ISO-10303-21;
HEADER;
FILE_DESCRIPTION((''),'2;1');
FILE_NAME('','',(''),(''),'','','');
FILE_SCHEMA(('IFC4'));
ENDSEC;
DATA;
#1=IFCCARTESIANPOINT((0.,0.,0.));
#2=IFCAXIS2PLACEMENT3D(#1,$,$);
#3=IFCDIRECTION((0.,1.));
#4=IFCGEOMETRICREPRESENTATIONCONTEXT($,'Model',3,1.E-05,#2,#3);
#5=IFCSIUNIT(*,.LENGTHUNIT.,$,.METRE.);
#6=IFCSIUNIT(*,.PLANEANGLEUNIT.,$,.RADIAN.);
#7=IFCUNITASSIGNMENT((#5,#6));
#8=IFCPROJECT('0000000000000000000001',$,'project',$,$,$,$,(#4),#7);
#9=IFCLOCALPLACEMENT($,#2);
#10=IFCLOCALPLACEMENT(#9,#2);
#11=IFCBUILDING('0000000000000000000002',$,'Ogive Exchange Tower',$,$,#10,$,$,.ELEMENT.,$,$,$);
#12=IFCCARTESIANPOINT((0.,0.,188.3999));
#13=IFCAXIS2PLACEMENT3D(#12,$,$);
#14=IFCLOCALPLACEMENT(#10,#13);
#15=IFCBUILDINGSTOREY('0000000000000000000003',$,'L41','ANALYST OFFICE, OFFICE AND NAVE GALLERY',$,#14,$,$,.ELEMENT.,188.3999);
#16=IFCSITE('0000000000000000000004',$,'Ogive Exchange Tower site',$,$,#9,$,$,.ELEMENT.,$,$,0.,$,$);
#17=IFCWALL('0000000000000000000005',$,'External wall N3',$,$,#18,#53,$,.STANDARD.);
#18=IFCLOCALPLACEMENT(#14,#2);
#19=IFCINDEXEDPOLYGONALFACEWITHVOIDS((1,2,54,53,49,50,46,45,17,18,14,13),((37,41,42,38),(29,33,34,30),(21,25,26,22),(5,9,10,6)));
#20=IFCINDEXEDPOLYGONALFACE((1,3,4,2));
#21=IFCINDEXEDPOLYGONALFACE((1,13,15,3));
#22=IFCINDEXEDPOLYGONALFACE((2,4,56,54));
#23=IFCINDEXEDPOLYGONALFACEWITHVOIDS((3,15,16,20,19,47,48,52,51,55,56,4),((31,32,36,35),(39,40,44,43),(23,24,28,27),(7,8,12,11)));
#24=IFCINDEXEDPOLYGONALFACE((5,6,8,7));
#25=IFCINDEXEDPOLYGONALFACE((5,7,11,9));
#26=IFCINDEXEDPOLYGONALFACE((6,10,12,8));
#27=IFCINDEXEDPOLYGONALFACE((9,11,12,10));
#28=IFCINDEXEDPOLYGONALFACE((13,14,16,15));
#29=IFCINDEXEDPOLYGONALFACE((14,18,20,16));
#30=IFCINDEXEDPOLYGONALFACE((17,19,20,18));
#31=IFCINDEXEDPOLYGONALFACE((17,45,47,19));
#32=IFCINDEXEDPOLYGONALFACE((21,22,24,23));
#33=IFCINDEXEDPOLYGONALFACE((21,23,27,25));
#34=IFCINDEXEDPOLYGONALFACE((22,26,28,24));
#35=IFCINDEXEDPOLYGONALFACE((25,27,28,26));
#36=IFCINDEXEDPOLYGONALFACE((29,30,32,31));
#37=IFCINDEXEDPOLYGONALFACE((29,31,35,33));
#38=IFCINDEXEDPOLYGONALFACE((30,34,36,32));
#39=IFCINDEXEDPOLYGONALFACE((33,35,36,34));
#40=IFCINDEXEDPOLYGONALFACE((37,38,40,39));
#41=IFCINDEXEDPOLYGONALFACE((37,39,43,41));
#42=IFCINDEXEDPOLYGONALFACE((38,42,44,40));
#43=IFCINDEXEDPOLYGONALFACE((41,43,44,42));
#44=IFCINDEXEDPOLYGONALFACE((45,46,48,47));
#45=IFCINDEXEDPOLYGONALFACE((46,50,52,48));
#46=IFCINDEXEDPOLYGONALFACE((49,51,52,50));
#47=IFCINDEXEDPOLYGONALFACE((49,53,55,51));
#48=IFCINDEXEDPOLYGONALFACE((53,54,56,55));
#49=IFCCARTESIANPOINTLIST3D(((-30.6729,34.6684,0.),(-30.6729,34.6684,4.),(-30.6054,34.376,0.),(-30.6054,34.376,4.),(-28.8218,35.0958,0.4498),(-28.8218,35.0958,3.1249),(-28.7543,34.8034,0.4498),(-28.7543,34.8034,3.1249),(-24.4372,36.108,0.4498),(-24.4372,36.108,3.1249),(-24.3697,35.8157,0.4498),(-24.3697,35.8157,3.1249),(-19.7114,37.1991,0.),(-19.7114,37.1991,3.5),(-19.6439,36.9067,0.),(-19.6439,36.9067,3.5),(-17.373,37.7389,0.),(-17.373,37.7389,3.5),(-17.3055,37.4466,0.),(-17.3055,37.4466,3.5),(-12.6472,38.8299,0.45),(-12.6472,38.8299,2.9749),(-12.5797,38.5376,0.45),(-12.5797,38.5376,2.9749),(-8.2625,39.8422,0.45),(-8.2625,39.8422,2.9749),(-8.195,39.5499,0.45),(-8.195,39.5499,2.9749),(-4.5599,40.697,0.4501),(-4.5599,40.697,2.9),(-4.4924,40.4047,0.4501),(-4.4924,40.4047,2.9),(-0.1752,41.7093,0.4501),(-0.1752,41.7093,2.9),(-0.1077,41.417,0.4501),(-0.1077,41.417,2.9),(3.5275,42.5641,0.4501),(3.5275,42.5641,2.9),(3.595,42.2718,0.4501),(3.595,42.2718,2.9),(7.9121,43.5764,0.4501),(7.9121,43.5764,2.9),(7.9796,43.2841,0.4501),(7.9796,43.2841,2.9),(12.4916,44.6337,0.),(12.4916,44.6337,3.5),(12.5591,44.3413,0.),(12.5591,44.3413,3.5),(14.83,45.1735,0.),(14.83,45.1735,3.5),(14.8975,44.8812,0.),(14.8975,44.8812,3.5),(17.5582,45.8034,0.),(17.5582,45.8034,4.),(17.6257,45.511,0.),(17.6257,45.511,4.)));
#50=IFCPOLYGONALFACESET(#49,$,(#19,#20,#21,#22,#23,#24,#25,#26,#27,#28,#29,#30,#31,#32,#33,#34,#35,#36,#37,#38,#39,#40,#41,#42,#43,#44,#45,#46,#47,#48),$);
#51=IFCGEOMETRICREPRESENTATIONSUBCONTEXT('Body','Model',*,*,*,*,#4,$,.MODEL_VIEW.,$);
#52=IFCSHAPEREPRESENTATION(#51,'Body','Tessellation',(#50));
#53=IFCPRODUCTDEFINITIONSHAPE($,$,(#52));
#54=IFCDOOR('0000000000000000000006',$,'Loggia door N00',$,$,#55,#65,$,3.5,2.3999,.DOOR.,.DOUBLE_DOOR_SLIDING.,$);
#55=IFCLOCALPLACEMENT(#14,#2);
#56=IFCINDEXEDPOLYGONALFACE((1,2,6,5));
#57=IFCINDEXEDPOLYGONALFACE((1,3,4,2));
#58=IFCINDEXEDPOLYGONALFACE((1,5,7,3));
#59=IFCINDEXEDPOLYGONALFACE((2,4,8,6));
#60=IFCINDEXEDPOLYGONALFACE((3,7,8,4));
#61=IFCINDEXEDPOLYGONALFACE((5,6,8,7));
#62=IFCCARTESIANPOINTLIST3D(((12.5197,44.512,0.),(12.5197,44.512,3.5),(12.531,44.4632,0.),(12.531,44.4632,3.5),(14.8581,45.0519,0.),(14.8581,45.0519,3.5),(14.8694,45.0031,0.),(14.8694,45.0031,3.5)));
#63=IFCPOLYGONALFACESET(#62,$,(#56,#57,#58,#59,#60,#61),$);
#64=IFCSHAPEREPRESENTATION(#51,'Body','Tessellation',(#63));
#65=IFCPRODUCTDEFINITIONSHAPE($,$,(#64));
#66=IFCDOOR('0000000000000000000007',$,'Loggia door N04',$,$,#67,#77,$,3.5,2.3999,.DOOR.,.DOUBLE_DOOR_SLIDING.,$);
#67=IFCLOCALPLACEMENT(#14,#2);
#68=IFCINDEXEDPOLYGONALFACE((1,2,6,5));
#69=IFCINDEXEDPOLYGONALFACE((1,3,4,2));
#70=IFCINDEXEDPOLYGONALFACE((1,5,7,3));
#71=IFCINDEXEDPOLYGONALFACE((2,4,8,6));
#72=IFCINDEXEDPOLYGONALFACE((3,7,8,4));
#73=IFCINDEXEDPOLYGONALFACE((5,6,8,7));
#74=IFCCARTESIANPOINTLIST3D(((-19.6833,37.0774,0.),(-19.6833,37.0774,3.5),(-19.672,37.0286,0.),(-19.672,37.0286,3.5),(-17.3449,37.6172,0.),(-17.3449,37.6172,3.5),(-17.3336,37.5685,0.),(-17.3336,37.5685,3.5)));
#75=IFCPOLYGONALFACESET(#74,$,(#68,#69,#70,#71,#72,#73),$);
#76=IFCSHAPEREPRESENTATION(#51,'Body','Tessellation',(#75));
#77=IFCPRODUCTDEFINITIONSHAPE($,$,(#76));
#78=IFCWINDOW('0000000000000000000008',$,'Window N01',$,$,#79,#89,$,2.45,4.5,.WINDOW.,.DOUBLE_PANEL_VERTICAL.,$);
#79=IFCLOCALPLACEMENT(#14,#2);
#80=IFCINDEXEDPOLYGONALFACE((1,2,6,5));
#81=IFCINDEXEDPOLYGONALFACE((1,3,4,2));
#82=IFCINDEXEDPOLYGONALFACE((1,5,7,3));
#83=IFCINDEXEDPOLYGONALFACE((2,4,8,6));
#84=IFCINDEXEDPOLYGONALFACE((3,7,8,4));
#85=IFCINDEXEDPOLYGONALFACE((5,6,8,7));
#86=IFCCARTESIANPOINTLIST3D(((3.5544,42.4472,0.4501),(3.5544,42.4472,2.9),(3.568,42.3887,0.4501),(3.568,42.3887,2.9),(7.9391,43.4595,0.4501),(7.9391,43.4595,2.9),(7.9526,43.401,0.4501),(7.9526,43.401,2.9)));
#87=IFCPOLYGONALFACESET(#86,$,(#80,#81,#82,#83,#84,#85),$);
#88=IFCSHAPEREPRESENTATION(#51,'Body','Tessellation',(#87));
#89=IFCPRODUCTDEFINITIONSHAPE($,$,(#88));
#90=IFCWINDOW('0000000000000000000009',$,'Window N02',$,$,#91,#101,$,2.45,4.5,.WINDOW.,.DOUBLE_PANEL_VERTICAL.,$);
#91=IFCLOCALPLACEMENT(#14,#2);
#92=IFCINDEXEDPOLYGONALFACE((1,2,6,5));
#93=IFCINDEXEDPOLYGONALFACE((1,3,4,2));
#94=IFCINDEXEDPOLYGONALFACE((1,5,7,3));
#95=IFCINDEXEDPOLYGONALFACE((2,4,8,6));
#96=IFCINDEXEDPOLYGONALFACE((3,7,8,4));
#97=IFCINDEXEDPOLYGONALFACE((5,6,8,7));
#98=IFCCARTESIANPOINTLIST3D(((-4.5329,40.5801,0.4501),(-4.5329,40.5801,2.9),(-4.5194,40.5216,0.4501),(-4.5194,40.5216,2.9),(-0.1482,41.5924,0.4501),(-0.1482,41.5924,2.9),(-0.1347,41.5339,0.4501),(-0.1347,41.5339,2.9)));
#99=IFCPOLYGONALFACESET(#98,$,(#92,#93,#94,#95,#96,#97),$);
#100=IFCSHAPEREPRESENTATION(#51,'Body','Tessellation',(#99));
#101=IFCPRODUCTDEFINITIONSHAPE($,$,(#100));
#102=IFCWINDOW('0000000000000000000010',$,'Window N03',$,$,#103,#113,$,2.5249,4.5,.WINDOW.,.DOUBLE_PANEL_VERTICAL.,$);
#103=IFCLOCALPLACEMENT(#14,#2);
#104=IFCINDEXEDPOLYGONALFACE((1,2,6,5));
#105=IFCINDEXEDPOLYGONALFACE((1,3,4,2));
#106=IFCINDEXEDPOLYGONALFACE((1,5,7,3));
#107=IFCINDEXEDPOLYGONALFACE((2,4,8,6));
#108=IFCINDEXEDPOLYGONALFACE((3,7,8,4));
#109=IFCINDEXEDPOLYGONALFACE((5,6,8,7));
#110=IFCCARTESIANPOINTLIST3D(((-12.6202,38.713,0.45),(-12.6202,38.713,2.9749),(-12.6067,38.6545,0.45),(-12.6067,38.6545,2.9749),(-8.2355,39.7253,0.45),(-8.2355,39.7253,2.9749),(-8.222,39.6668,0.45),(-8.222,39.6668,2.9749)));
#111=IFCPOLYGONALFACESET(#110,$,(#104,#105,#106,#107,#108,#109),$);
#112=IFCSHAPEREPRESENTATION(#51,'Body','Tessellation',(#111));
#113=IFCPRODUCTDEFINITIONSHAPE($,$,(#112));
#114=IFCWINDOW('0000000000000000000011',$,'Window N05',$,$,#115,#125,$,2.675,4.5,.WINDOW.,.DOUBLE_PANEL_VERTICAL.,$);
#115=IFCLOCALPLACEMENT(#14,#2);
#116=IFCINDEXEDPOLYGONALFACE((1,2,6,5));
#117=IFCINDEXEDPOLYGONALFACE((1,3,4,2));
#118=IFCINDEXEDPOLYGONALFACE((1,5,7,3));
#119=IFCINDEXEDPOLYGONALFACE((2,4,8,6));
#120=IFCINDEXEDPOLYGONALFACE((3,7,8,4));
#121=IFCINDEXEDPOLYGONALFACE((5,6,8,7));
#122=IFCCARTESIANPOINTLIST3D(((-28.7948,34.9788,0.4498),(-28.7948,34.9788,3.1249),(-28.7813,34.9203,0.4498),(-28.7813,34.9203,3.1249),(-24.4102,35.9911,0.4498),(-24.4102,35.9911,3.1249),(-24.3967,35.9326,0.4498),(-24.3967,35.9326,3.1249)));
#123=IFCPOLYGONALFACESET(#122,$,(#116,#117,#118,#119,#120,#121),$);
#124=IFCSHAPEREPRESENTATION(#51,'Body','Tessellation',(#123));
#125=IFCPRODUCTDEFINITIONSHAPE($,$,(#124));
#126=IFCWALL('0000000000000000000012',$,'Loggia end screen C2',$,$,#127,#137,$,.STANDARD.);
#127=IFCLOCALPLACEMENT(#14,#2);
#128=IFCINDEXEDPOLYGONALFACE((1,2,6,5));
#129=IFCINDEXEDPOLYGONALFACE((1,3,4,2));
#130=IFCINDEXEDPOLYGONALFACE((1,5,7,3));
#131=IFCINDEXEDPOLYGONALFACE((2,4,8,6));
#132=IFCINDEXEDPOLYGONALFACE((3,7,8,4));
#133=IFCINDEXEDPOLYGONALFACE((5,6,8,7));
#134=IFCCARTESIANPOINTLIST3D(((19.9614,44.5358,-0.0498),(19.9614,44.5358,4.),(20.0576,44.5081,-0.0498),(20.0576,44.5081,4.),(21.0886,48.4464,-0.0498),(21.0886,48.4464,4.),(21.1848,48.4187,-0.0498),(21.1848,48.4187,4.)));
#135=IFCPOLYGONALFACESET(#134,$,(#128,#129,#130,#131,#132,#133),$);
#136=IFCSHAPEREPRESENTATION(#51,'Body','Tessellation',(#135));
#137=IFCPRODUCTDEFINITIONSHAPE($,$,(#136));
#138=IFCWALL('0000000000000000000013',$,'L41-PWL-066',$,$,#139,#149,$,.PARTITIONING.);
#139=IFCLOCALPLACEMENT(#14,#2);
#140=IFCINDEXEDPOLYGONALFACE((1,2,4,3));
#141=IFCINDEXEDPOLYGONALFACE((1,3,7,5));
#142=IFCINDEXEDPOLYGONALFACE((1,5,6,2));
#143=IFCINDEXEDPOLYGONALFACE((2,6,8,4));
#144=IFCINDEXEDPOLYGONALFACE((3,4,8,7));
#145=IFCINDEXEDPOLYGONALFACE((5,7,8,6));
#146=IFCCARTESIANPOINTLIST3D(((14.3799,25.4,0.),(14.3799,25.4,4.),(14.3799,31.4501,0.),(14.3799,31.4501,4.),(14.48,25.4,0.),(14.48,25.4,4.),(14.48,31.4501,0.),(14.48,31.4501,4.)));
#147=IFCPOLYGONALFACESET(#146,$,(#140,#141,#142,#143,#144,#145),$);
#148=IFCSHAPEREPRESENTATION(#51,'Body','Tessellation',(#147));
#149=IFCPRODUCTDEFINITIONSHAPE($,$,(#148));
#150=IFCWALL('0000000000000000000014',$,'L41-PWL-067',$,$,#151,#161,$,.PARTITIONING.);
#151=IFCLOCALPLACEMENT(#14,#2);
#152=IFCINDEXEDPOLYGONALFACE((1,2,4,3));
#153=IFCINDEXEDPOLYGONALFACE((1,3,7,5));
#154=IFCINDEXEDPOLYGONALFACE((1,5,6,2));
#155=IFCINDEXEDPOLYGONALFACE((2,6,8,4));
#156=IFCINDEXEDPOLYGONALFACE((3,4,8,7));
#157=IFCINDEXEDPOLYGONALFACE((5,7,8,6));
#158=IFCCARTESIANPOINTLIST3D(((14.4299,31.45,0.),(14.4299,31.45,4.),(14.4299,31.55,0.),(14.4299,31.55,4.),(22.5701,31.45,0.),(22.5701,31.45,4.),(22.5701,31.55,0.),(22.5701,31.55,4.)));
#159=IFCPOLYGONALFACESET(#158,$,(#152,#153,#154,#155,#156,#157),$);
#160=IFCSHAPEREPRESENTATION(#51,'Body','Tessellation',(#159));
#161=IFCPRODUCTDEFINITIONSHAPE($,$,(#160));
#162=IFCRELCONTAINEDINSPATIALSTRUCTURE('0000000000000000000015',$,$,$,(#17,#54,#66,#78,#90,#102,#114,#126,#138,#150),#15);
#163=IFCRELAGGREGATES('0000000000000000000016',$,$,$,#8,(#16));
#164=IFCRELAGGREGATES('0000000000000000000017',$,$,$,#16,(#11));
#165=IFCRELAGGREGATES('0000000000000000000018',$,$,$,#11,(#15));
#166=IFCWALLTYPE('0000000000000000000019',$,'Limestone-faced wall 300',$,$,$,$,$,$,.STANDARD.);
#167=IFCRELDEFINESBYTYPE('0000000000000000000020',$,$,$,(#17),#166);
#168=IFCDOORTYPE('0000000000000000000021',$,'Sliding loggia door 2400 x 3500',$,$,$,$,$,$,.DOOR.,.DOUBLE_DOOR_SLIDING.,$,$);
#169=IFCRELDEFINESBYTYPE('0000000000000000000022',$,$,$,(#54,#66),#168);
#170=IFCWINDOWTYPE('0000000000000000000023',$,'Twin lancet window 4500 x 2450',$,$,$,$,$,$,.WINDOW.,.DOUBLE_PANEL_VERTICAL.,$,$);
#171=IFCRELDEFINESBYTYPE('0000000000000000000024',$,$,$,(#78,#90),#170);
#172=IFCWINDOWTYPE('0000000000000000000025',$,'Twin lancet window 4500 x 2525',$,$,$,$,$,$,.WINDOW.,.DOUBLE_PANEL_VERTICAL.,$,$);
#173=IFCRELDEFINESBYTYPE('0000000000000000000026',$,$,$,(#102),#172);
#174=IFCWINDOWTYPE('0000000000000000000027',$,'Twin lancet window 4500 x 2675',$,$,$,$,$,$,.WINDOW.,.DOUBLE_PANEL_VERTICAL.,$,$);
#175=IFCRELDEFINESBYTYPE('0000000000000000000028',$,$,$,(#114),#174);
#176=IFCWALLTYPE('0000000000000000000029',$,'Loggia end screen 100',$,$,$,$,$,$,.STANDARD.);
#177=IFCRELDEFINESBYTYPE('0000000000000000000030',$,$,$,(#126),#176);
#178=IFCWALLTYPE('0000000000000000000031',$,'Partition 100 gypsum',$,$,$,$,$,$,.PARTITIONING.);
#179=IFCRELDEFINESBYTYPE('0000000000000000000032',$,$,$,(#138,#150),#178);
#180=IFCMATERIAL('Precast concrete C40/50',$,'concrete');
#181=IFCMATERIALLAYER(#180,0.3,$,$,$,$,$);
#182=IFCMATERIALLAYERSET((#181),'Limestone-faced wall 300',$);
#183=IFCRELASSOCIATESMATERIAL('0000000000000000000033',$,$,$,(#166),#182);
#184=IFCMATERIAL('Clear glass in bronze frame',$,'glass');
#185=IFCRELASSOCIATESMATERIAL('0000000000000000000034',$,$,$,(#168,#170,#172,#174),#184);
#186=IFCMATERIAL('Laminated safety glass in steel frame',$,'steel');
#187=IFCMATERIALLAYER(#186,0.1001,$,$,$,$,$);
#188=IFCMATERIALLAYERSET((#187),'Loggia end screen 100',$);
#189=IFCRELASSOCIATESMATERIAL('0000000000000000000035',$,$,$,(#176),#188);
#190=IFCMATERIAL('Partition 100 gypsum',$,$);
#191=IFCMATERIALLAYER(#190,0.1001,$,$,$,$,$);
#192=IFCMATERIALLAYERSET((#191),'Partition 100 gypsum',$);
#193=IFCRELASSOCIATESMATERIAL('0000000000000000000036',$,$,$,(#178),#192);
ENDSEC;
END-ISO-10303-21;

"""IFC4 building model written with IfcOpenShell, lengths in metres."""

from ifc_helpers import new_model, si_unit, direction, frame, frame_2d, origin, place, context, subcontext, project, spatial, rectangle, extrude, material, layer, layer_set, type_object, element, fill, save


model = new_model("IFC4")

# Units and contexts
model_context = context("Model", 3, precision=1e-05, world=origin(), true_north=direction((0.0, 1.0)))
body_context = subcontext(model_context, "Body", "Model", "MODEL_VIEW")
ifc_project = project(units=[si_unit("LENGTHUNIT", "METRE"), si_unit("PLANEANGLEUNIT", "RADIAN")], contexts=[model_context])

# Site, building, storey
site_placement = place(None, origin())
site = spatial("IfcSite", under=ifc_project, at=site_placement, Name="Ogive Exchange Tower site", CompositionType="ELEMENT", RefElevation=0.0)
building_placement = place(site_placement, origin())
building = spatial("IfcBuilding", under=site, at=building_placement, Name="Ogive Exchange Tower", CompositionType="ELEMENT")
storey_placement = place(building_placement, frame((0.0, 0.0, 188.3999)))
storey = spatial("IfcBuildingStorey", under=building, at=storey_placement, Name="L41", Description="ANALYST OFFICE, OFFICE AND NAVE GALLERY", CompositionType="ELEMENT", Elevation=188.3999)

# Wall, openings, doors, windows
ifc_material_1 = material(Name="Precast concrete C40/50", Category="concrete")
ifc_layer_1 = layer(ifc_material_1, 0.3)
ifc_layer_set_1 = layer_set([ifc_layer_1], Name="Limestone-faced wall 300")
wall_type_1 = type_object("IfcWallType", Name="Limestone-faced wall 300", PredefinedType="STANDARD", material=ifc_layer_set_1)
wall_1_placement = place(storey_placement, frame((17.592, 45.6572, 0.0), z_axis=(0.0, 0.0, 1.0), x_axis=(-0.97437, -0.22495, 0.0)))
wall_1 = element("IfcWall", 1, at=wall_1_placement, inside=storey, type_object=wall_type_1, Name="External wall N3", PredefinedType="STANDARD", context=body_context, shape_type="SweptSolid", body=[
    extrude(rectangle(XDim=49.4998, YDim=0.3, at=frame_2d((24.75, 0.0))), origin(), (0.0, 0.0, 1.0), 4.0),
])
opening_1_placement = place(wall_1_placement, frame((2.8, 0.0, 0.0)))
opening_1 = element("IfcOpeningElement", 2, at=opening_1_placement, cuts=wall_1, PredefinedType="OPENING", context=body_context, shape_type="SweptSolid", body=[
    extrude(rectangle(XDim=2.3999, YDim=3.5, at=frame_2d((1.2, 1.75))), frame((0.0, 0.1599, 0.0), z_axis=(0.0, -1.0, 0.0), x_axis=(1.0, 0.0, 0.0)), (0.0, 0.0, 1.0), 0.3201),
])
opening_2_placement = place(wall_1_placement, frame((9.8999, 0.0, 0.45)))
opening_2 = element("IfcOpeningElement", 3, at=opening_2_placement, cuts=wall_1, PredefinedType="OPENING", context=body_context, shape_type="SweptSolid", body=[
    extrude(rectangle(XDim=4.5, YDim=2.45, at=frame_2d((2.25, 1.2251))), frame((0.0, 0.1599, 0.0), z_axis=(0.0, -1.0, 0.0), x_axis=(1.0, 0.0, 0.0)), (0.0, 0.0, 1.0), 0.3201),
])
opening_3_placement = place(wall_1_placement, frame((18.2, 0.0, 0.45)))
opening_3 = element("IfcOpeningElement", 4, at=opening_3_placement, cuts=wall_1, PredefinedType="OPENING", context=body_context, shape_type="SweptSolid", body=[
    extrude(rectangle(XDim=4.5, YDim=2.45, at=frame_2d((2.25, 1.2251))), frame((0.0, 0.1599, 0.0), z_axis=(0.0, -1.0, 0.0), x_axis=(1.0, 0.0, 0.0)), (0.0, 0.0, 1.0), 0.3201),
])
opening_4_placement = place(wall_1_placement, frame((26.5, 0.0, 0.45)))
opening_4 = element("IfcOpeningElement", 5, at=opening_4_placement, cuts=wall_1, PredefinedType="OPENING", context=body_context, shape_type="SweptSolid", body=[
    extrude(rectangle(XDim=4.5, YDim=2.5249, at=frame_2d((2.25, 1.2625))), frame((0.0, 0.1599, 0.0), z_axis=(0.0, -1.0, 0.0), x_axis=(1.0, 0.0, 0.0)), (0.0, 0.0, 1.0), 0.3201),
])
opening_5_placement = place(wall_1_placement, frame((35.8501, 0.0, 0.0)))
opening_5 = element("IfcOpeningElement", 6, at=opening_5_placement, cuts=wall_1, PredefinedType="OPENING", context=body_context, shape_type="SweptSolid", body=[
    extrude(rectangle(XDim=2.3999, YDim=3.5, at=frame_2d((1.2, 1.75))), frame((0.0, 0.1599, 0.0), z_axis=(0.0, -1.0, 0.0), x_axis=(1.0, 0.0, 0.0)), (0.0, 0.0, 1.0), 0.3201),
])
opening_6_placement = place(wall_1_placement, frame((43.1001, 0.0, 0.45)))
opening_6 = element("IfcOpeningElement", 7, at=opening_6_placement, cuts=wall_1, PredefinedType="OPENING", context=body_context, shape_type="SweptSolid", body=[
    extrude(rectangle(XDim=4.5, YDim=2.675, at=frame_2d((2.25, 1.3374))), frame((0.0, 0.1599, 0.0), z_axis=(0.0, -1.0, 0.0), x_axis=(1.0, 0.0, 0.0)), (0.0, 0.0, 1.0), 0.3201),
])
ifc_material_2 = material(Name="Clear glass in bronze frame", Category="glass")
door_type = type_object("IfcDoorType", Name="Sliding loggia door 2400 x 3500", OperationType="DOUBLE_DOOR_SLIDING", PredefinedType="DOOR", material=ifc_material_2)
door_1_placement = place(opening_1_placement, origin())
door_1 = element("IfcDoor", 8, at=door_1_placement, inside=storey, type_object=door_type, Name="Loggia door N00", OperationType="DOUBLE_DOOR_SLIDING", OverallHeight=3.5, OverallWidth=2.3999, PredefinedType="DOOR", context=body_context, shape_type="SweptSolid", body=[
    extrude(rectangle(XDim=2.3999, YDim=3.5, at=frame_2d((1.2, 1.75))), frame((0.0, 0.0249, 0.0), z_axis=(0.0, -1.0, 0.0), x_axis=(1.0, 0.0, 0.0)), (0.0, 0.0, 1.0), 0.05),
])
fill(opening_1, door_1)
door_2_placement = place(opening_5_placement, origin())
door_2 = element("IfcDoor", 9, at=door_2_placement, inside=storey, type_object=door_type, Name="Loggia door N04", OperationType="DOUBLE_DOOR_SLIDING", OverallHeight=3.5, OverallWidth=2.3999, PredefinedType="DOOR", context=body_context, shape_type="SweptSolid", body=[
    extrude(rectangle(XDim=2.3999, YDim=3.5, at=frame_2d((1.2, 1.75))), frame((0.0, 0.0249, 0.0), z_axis=(0.0, -1.0, 0.0), x_axis=(1.0, 0.0, 0.0)), (0.0, 0.0, 1.0), 0.05),
])
fill(opening_5, door_2)
window_type_1 = type_object("IfcWindowType", Name="Twin lancet window 4500 x 2450", PartitioningType="DOUBLE_PANEL_VERTICAL", PredefinedType="WINDOW", material=ifc_material_2)
window_1_placement = place(opening_2_placement, origin())
window_1 = element("IfcWindow", 10, at=window_1_placement, inside=storey, type_object=window_type_1, Name="Window N01", OverallHeight=2.45, OverallWidth=4.5, PartitioningType="DOUBLE_PANEL_VERTICAL", PredefinedType="WINDOW", context=body_context, shape_type="SweptSolid", body=[
    extrude(rectangle(XDim=4.5, YDim=2.45, at=frame_2d((2.25, 1.2251))), frame((0.0, 0.03, 0.0), z_axis=(0.0, -1.0, 0.0), x_axis=(1.0, 0.0, 0.0)), (0.0, 0.0, 1.0), 0.0601),
])
fill(opening_2, window_1)
window_2_placement = place(opening_3_placement, origin())
window_2 = element("IfcWindow", 11, at=window_2_placement, inside=storey, type_object=window_type_1, Name="Window N02", OverallHeight=2.45, OverallWidth=4.5, PartitioningType="DOUBLE_PANEL_VERTICAL", PredefinedType="WINDOW", context=body_context, shape_type="SweptSolid", body=[
    extrude(rectangle(XDim=4.5, YDim=2.45, at=frame_2d((2.25, 1.2251))), frame((0.0, 0.03, 0.0), z_axis=(0.0, -1.0, 0.0), x_axis=(1.0, 0.0, 0.0)), (0.0, 0.0, 1.0), 0.0601),
])
fill(opening_3, window_2)
window_type_2 = type_object("IfcWindowType", Name="Twin lancet window 4500 x 2525", PartitioningType="DOUBLE_PANEL_VERTICAL", PredefinedType="WINDOW", material=ifc_material_2)
window_3_placement = place(opening_4_placement, origin())
window_3 = element("IfcWindow", 12, at=window_3_placement, inside=storey, type_object=window_type_2, Name="Window N03", OverallHeight=2.5249, OverallWidth=4.5, PartitioningType="DOUBLE_PANEL_VERTICAL", PredefinedType="WINDOW", context=body_context, shape_type="SweptSolid", body=[
    extrude(rectangle(XDim=4.5, YDim=2.5249, at=frame_2d((2.25, 1.2625))), frame((0.0, 0.03, 0.0), z_axis=(0.0, -1.0, 0.0), x_axis=(1.0, 0.0, 0.0)), (0.0, 0.0, 1.0), 0.0601),
])
fill(opening_4, window_3)
window_type_3 = type_object("IfcWindowType", Name="Twin lancet window 4500 x 2675", PartitioningType="DOUBLE_PANEL_VERTICAL", PredefinedType="WINDOW", material=ifc_material_2)
window_4_placement = place(opening_6_placement, origin())
window_4 = element("IfcWindow", 13, at=window_4_placement, inside=storey, type_object=window_type_3, Name="Window N05", OverallHeight=2.675, OverallWidth=4.5, PartitioningType="DOUBLE_PANEL_VERTICAL", PredefinedType="WINDOW", context=body_context, shape_type="SweptSolid", body=[
    extrude(rectangle(XDim=4.5, YDim=2.675, at=frame_2d((2.25, 1.3374))), frame((0.0, 0.03, 0.0), z_axis=(0.0, -1.0, 0.0), x_axis=(1.0, 0.0, 0.0)), (0.0, 0.0, 1.0), 0.0601),
])
fill(opening_6, window_4)

# Walls
ifc_material_3 = material(Name="Laminated safety glass in steel frame", Category="steel")
ifc_layer_2 = layer(ifc_material_3, 0.1001)
ifc_layer_set_2 = layer_set([ifc_layer_2], Name="Loggia end screen 100")
wall_type_2 = type_object("IfcWallType", Name="Loggia end screen 100", PredefinedType="STANDARD", material=ifc_layer_set_2)
wall_2_placement = place(storey_placement, frame((20.0095, 44.522, -0.0498), z_axis=(0.0, 0.0, 1.0), x_axis=(0.276963, 0.960881, 0.0)))
element("IfcWall", 14, at=wall_2_placement, inside=storey, type_object=wall_type_2, Name="Loggia end screen C2", PredefinedType="STANDARD", context=body_context, shape_type="SweptSolid", body=[
    extrude(rectangle(XDim=4.0698, YDim=0.1001, at=frame_2d((2.0349, 0.0))), origin(), (0.0, 0.0, 1.0), 4.0498),
])
ifc_material_4 = material(Name="Partition 100 gypsum")
ifc_layer_3 = layer(ifc_material_4, 0.1001)
ifc_layer_set_3 = layer_set([ifc_layer_3], Name="Partition 100 gypsum")
wall_type_3 = type_object("IfcWallType", Name="Partition 100 gypsum", PredefinedType="PARTITIONING", material=ifc_layer_set_3)
wall_3_placement = place(storey_placement, frame((14.4299, 31.45, 0.0), z_axis=(0.0, 0.0, 1.0), x_axis=(0.0, -1.0, 0.0)))
element("IfcWall", 15, at=wall_3_placement, inside=storey, type_object=wall_type_3, Name="L41-PWL-066", PredefinedType="PARTITIONING", context=body_context, shape_type="SweptSolid", body=[
    extrude(rectangle(XDim=6.05, YDim=0.1001, at=frame_2d((3.0249, 0.0))), origin(), (0.0, 0.0, 1.0), 4.0),
])
wall_4_placement = place(storey_placement, frame((14.4299, 31.5, 0.0), z_axis=(0.0, 0.0, 1.0), x_axis=(1.0, 0.0, 0.0)))
element("IfcWall", 16, at=wall_4_placement, inside=storey, type_object=wall_type_3, Name="L41-PWL-067", PredefinedType="PARTITIONING", context=body_context, shape_type="SweptSolid", body=[
    extrude(rectangle(XDim=8.1401, YDim=0.1001, at=frame_2d((4.0701, 0.0))), origin(), (0.0, 0.0, 1.0), 4.0),
])

save(model, "model.ifc")
